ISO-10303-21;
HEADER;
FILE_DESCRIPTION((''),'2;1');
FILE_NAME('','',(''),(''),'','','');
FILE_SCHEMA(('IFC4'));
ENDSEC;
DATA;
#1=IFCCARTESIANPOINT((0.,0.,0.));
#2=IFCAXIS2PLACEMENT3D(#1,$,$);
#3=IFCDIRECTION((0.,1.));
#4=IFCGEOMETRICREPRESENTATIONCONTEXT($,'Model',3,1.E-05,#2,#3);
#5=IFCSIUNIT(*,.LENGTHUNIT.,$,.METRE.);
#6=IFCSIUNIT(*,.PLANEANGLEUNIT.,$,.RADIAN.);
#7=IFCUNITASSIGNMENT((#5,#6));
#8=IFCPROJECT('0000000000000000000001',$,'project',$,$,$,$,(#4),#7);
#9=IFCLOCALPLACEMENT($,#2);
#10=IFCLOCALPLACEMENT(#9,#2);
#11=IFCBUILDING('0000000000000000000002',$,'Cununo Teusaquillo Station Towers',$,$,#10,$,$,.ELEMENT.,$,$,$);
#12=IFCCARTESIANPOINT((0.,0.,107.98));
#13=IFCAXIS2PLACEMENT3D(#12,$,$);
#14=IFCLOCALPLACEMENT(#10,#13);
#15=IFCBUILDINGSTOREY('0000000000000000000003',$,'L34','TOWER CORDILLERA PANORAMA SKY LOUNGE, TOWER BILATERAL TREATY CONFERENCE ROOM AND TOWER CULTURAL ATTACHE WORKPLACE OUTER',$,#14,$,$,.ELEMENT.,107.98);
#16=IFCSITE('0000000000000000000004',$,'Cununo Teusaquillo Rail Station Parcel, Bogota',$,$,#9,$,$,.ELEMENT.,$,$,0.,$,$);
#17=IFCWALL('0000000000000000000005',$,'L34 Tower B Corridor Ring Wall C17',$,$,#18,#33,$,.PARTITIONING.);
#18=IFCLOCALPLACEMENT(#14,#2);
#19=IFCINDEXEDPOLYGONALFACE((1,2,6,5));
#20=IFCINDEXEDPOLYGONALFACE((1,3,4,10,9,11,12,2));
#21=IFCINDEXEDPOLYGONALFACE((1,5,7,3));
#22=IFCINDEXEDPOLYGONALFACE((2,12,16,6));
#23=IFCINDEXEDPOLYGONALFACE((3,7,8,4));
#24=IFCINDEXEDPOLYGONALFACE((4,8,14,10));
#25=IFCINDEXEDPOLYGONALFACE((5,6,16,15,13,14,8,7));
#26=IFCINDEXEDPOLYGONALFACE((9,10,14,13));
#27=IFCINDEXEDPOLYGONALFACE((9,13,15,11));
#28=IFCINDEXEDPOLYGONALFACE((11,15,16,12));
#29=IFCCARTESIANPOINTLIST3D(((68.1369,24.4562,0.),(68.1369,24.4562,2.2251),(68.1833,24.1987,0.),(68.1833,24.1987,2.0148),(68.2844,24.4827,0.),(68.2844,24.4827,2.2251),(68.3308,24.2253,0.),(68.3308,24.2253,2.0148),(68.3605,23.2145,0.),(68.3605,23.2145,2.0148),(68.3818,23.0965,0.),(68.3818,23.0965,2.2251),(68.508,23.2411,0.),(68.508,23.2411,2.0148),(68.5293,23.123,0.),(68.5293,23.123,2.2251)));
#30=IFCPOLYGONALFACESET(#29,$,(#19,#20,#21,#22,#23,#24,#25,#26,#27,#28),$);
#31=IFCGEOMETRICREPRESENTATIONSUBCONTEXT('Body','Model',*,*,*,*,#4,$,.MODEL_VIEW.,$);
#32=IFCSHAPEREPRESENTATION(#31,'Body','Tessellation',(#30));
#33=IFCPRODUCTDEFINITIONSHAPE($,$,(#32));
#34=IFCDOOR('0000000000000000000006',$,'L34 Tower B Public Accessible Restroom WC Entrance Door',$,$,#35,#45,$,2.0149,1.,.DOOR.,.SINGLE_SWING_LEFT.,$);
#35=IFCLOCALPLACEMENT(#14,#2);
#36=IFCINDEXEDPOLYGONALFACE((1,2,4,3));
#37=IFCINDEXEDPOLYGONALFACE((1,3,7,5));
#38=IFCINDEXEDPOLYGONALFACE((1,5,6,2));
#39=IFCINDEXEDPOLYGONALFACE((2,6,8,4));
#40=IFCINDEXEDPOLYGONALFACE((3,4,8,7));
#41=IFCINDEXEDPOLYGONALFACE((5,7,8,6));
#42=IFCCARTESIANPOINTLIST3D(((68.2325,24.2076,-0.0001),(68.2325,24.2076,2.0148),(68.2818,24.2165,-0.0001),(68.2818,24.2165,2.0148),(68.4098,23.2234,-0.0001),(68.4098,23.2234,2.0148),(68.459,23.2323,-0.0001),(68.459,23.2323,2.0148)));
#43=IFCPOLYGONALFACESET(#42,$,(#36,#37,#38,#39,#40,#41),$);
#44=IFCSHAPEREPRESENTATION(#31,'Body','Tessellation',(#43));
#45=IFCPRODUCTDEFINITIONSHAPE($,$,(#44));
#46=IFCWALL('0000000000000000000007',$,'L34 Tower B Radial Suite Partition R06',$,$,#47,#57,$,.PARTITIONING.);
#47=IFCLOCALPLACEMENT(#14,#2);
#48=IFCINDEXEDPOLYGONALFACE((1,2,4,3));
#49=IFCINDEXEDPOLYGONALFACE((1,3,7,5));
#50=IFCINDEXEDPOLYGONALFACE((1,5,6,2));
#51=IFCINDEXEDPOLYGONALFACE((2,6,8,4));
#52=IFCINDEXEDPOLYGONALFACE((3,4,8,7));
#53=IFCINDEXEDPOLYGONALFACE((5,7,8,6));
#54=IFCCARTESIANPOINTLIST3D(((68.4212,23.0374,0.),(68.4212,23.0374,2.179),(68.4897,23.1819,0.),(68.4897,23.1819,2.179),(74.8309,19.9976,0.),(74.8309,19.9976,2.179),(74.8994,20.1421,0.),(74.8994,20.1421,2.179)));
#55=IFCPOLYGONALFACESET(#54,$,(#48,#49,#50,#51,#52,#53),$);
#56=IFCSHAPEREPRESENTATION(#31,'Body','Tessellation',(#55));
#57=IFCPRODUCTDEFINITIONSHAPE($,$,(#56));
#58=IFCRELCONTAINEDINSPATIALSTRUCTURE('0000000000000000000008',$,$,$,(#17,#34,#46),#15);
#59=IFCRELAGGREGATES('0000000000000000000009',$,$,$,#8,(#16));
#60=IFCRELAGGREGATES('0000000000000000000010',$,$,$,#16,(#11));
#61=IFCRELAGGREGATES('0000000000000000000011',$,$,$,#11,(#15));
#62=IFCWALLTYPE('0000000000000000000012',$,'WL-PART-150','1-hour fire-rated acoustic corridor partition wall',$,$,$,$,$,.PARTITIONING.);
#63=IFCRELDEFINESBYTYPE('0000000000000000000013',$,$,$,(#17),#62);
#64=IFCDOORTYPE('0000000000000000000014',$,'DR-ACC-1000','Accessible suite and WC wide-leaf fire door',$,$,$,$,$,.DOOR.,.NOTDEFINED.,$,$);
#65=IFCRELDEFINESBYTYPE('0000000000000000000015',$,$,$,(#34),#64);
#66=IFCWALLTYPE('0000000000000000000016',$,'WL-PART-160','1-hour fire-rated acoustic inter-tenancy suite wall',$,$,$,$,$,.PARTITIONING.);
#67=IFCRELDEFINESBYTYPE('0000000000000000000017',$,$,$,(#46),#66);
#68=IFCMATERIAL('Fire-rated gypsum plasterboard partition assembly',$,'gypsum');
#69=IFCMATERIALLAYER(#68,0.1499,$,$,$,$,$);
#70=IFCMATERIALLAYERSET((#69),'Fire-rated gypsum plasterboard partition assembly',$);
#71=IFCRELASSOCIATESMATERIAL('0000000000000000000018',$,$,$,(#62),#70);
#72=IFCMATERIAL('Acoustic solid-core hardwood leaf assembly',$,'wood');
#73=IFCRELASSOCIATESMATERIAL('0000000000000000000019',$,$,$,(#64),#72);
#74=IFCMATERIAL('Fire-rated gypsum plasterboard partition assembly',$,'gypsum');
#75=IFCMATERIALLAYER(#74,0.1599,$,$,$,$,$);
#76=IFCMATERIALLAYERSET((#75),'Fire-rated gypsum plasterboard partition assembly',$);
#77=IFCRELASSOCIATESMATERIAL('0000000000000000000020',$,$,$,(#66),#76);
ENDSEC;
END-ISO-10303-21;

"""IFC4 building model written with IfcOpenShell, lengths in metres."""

from ifc_helpers import new_model, si_unit, direction, frame, frame_2d, origin, place, context, subcontext, project, spatial, rectangle, extrude, source, transform, mapped, material, layer, layer_set, type_object, element, fill, save


model = new_model("IFC4")

# Units and contexts
model_context = context("Model", 3, precision=1e-05, world=origin(), true_north=direction((0.0, 1.0)))
body_context = subcontext(model_context, "Body", "Model", "MODEL_VIEW")
ifc_project = project(units=[si_unit("LENGTHUNIT", "METRE"), si_unit("PLANEANGLEUNIT", "RADIAN")], contexts=[model_context])

# Site, building, storey
site_placement = place(None, origin())
site = spatial("IfcSite", under=ifc_project, at=site_placement, Name="Cununo Teusaquillo Rail Station Parcel, Bogota", CompositionType="ELEMENT", RefElevation=0.0)
building_placement = place(site_placement, origin())
building = spatial("IfcBuilding", under=site, at=building_placement, Name="Cununo Teusaquillo Station Towers", CompositionType="ELEMENT")
storey_placement = place(building_placement, frame((0.0, 0.0, 107.98)))
storey = spatial("IfcBuildingStorey", under=building, at=storey_placement, Name="L34", Description="TOWER CORDILLERA PANORAMA SKY LOUNGE, TOWER BILATERAL TREATY CONFERENCE ROOM AND TOWER CULTURAL ATTACHE WORKPLACE OUTER", CompositionType="ELEMENT", Elevation=107.98)

# Shared definitions
ifc_material_1 = material(Name="Fire-rated gypsum plasterboard partition assembly", Category="gypsum")
ifc_layer_1 = layer(ifc_material_1, 0.1499)
ifc_layer_set_1 = layer_set([ifc_layer_1], Name="Fire-rated gypsum plasterboard partition assembly")
wall_type_1 = type_object("IfcWallType", Name="WL-PART-150", Description="1-hour fire-rated acoustic corridor partition wall", PredefinedType="PARTITIONING", material=ifc_layer_set_1)

# Wall, opening, door
wall_1_placement = place(storey_placement, frame((68.4556, 23.1096, 0.0), z_axis=(0.0, 0.0, 1.0), x_axis=(-0.177252, 0.984165, 0.0)))
wall_1 = element("IfcWall", 1, at=wall_1_placement, inside=storey, type_object=wall_type_1, Name="L34 Tower B Corridor Ring Wall C17", PredefinedType="PARTITIONING", context=body_context, shape_type="SweptSolid", body=[
    extrude(rectangle(XDim=1.3816, YDim=0.1499, at=frame_2d((0.6909, 0.0))), origin(), (0.0, 0.0, 1.0), 2.2251),
])
shared_shape_1 = source(origin(), body_context, "Body", "SweptSolid", [
    extrude(rectangle(XDim=1.0, YDim=2.0149, at=frame_2d((0.5, 1.0073))), frame((0.0, 0.085, 0.0), z_axis=(0.0, -1.0, 0.0), x_axis=(1.0, 0.0, 0.0)), (0.0, 0.0, 1.0), 0.1699),
])
opening_1_placement = place(wall_1_placement, frame((0.1201, 0.0, 0.0)))
opening_1 = element("IfcOpeningElement", 2, at=opening_1_placement, cuts=wall_1, PredefinedType="OPENING", context=body_context, shape_type="MappedRepresentation", body=[
    mapped(shared_shape_1, transform((0.0, 0.0, 0.0), x_axis=(1.0, 0.0, 0.0), y_axis=(0.0, 1.0, 0.0), z_axis=(0.0, 0.0, 1.0), scale=1.0)),
])
ifc_material_2 = material(Name="Acoustic solid-core hardwood leaf assembly", Category="wood")
door_type_1 = type_object("IfcDoorType", Name="DR-ACC-1000", Description="Accessible suite and WC wide-leaf fire door", OperationType="NOTDEFINED", PredefinedType="DOOR", material=ifc_material_2)
shared_shape_2 = source(origin(), body_context, "Body", "SweptSolid", [
    extrude(rectangle(XDim=1.0, YDim=2.0149, at=frame_2d((0.5, 1.0073))), frame((0.0, 0.0249, 0.0), z_axis=(0.0, -1.0, 0.0), x_axis=(1.0, 0.0, 0.0)), (0.0, 0.0, 1.0), 0.05),
])
door_1_placement = place(opening_1_placement, origin())
door_1 = element("IfcDoor", 3, at=door_1_placement, inside=storey, type_object=door_type_1, Name="L34 Tower B Public Accessible Restroom WC Entrance Door", OperationType="SINGLE_SWING_LEFT", OverallHeight=2.0149, OverallWidth=1.0, PredefinedType="DOOR", context=body_context, shape_type="MappedRepresentation", body=[
    mapped(shared_shape_2, transform((0.0, 0.0, 0.0), x_axis=(1.0, 0.0, 0.0), y_axis=(0.0, 1.0, 0.0), z_axis=(0.0, 0.0, 1.0), scale=1.0)),
])
fill(opening_1, door_1)

# Wall
ifc_material_3 = material(Name="Fire-rated gypsum plasterboard partition assembly", Category="gypsum")
ifc_layer_2 = layer(ifc_material_3, 0.1599)
ifc_layer_set_2 = layer_set([ifc_layer_2], Name="Fire-rated gypsum plasterboard partition assembly")
wall_type_2 = type_object("IfcWallType", Name="WL-PART-160", Description="1-hour fire-rated acoustic inter-tenancy suite wall", PredefinedType="PARTITIONING", material=ifc_layer_set_2)
wall_2_placement = place(storey_placement, frame((68.4556, 23.1096, 0.0), z_axis=(0.0, 0.0, 1.0), x_axis=(0.903539, -0.428505, 0.0)))
element("IfcWall", 4, at=wall_2_placement, inside=storey, type_object=wall_type_2, Name="L34 Tower B Radial Suite Partition R06", PredefinedType="PARTITIONING", context=body_context, shape_type="SweptSolid", body=[
    extrude(rectangle(XDim=7.094, YDim=0.1599, at=frame_2d((3.5469, 0.0))), origin(), (0.0, 0.0, 1.0), 2.179),
])

save(model, "model.ifc")
